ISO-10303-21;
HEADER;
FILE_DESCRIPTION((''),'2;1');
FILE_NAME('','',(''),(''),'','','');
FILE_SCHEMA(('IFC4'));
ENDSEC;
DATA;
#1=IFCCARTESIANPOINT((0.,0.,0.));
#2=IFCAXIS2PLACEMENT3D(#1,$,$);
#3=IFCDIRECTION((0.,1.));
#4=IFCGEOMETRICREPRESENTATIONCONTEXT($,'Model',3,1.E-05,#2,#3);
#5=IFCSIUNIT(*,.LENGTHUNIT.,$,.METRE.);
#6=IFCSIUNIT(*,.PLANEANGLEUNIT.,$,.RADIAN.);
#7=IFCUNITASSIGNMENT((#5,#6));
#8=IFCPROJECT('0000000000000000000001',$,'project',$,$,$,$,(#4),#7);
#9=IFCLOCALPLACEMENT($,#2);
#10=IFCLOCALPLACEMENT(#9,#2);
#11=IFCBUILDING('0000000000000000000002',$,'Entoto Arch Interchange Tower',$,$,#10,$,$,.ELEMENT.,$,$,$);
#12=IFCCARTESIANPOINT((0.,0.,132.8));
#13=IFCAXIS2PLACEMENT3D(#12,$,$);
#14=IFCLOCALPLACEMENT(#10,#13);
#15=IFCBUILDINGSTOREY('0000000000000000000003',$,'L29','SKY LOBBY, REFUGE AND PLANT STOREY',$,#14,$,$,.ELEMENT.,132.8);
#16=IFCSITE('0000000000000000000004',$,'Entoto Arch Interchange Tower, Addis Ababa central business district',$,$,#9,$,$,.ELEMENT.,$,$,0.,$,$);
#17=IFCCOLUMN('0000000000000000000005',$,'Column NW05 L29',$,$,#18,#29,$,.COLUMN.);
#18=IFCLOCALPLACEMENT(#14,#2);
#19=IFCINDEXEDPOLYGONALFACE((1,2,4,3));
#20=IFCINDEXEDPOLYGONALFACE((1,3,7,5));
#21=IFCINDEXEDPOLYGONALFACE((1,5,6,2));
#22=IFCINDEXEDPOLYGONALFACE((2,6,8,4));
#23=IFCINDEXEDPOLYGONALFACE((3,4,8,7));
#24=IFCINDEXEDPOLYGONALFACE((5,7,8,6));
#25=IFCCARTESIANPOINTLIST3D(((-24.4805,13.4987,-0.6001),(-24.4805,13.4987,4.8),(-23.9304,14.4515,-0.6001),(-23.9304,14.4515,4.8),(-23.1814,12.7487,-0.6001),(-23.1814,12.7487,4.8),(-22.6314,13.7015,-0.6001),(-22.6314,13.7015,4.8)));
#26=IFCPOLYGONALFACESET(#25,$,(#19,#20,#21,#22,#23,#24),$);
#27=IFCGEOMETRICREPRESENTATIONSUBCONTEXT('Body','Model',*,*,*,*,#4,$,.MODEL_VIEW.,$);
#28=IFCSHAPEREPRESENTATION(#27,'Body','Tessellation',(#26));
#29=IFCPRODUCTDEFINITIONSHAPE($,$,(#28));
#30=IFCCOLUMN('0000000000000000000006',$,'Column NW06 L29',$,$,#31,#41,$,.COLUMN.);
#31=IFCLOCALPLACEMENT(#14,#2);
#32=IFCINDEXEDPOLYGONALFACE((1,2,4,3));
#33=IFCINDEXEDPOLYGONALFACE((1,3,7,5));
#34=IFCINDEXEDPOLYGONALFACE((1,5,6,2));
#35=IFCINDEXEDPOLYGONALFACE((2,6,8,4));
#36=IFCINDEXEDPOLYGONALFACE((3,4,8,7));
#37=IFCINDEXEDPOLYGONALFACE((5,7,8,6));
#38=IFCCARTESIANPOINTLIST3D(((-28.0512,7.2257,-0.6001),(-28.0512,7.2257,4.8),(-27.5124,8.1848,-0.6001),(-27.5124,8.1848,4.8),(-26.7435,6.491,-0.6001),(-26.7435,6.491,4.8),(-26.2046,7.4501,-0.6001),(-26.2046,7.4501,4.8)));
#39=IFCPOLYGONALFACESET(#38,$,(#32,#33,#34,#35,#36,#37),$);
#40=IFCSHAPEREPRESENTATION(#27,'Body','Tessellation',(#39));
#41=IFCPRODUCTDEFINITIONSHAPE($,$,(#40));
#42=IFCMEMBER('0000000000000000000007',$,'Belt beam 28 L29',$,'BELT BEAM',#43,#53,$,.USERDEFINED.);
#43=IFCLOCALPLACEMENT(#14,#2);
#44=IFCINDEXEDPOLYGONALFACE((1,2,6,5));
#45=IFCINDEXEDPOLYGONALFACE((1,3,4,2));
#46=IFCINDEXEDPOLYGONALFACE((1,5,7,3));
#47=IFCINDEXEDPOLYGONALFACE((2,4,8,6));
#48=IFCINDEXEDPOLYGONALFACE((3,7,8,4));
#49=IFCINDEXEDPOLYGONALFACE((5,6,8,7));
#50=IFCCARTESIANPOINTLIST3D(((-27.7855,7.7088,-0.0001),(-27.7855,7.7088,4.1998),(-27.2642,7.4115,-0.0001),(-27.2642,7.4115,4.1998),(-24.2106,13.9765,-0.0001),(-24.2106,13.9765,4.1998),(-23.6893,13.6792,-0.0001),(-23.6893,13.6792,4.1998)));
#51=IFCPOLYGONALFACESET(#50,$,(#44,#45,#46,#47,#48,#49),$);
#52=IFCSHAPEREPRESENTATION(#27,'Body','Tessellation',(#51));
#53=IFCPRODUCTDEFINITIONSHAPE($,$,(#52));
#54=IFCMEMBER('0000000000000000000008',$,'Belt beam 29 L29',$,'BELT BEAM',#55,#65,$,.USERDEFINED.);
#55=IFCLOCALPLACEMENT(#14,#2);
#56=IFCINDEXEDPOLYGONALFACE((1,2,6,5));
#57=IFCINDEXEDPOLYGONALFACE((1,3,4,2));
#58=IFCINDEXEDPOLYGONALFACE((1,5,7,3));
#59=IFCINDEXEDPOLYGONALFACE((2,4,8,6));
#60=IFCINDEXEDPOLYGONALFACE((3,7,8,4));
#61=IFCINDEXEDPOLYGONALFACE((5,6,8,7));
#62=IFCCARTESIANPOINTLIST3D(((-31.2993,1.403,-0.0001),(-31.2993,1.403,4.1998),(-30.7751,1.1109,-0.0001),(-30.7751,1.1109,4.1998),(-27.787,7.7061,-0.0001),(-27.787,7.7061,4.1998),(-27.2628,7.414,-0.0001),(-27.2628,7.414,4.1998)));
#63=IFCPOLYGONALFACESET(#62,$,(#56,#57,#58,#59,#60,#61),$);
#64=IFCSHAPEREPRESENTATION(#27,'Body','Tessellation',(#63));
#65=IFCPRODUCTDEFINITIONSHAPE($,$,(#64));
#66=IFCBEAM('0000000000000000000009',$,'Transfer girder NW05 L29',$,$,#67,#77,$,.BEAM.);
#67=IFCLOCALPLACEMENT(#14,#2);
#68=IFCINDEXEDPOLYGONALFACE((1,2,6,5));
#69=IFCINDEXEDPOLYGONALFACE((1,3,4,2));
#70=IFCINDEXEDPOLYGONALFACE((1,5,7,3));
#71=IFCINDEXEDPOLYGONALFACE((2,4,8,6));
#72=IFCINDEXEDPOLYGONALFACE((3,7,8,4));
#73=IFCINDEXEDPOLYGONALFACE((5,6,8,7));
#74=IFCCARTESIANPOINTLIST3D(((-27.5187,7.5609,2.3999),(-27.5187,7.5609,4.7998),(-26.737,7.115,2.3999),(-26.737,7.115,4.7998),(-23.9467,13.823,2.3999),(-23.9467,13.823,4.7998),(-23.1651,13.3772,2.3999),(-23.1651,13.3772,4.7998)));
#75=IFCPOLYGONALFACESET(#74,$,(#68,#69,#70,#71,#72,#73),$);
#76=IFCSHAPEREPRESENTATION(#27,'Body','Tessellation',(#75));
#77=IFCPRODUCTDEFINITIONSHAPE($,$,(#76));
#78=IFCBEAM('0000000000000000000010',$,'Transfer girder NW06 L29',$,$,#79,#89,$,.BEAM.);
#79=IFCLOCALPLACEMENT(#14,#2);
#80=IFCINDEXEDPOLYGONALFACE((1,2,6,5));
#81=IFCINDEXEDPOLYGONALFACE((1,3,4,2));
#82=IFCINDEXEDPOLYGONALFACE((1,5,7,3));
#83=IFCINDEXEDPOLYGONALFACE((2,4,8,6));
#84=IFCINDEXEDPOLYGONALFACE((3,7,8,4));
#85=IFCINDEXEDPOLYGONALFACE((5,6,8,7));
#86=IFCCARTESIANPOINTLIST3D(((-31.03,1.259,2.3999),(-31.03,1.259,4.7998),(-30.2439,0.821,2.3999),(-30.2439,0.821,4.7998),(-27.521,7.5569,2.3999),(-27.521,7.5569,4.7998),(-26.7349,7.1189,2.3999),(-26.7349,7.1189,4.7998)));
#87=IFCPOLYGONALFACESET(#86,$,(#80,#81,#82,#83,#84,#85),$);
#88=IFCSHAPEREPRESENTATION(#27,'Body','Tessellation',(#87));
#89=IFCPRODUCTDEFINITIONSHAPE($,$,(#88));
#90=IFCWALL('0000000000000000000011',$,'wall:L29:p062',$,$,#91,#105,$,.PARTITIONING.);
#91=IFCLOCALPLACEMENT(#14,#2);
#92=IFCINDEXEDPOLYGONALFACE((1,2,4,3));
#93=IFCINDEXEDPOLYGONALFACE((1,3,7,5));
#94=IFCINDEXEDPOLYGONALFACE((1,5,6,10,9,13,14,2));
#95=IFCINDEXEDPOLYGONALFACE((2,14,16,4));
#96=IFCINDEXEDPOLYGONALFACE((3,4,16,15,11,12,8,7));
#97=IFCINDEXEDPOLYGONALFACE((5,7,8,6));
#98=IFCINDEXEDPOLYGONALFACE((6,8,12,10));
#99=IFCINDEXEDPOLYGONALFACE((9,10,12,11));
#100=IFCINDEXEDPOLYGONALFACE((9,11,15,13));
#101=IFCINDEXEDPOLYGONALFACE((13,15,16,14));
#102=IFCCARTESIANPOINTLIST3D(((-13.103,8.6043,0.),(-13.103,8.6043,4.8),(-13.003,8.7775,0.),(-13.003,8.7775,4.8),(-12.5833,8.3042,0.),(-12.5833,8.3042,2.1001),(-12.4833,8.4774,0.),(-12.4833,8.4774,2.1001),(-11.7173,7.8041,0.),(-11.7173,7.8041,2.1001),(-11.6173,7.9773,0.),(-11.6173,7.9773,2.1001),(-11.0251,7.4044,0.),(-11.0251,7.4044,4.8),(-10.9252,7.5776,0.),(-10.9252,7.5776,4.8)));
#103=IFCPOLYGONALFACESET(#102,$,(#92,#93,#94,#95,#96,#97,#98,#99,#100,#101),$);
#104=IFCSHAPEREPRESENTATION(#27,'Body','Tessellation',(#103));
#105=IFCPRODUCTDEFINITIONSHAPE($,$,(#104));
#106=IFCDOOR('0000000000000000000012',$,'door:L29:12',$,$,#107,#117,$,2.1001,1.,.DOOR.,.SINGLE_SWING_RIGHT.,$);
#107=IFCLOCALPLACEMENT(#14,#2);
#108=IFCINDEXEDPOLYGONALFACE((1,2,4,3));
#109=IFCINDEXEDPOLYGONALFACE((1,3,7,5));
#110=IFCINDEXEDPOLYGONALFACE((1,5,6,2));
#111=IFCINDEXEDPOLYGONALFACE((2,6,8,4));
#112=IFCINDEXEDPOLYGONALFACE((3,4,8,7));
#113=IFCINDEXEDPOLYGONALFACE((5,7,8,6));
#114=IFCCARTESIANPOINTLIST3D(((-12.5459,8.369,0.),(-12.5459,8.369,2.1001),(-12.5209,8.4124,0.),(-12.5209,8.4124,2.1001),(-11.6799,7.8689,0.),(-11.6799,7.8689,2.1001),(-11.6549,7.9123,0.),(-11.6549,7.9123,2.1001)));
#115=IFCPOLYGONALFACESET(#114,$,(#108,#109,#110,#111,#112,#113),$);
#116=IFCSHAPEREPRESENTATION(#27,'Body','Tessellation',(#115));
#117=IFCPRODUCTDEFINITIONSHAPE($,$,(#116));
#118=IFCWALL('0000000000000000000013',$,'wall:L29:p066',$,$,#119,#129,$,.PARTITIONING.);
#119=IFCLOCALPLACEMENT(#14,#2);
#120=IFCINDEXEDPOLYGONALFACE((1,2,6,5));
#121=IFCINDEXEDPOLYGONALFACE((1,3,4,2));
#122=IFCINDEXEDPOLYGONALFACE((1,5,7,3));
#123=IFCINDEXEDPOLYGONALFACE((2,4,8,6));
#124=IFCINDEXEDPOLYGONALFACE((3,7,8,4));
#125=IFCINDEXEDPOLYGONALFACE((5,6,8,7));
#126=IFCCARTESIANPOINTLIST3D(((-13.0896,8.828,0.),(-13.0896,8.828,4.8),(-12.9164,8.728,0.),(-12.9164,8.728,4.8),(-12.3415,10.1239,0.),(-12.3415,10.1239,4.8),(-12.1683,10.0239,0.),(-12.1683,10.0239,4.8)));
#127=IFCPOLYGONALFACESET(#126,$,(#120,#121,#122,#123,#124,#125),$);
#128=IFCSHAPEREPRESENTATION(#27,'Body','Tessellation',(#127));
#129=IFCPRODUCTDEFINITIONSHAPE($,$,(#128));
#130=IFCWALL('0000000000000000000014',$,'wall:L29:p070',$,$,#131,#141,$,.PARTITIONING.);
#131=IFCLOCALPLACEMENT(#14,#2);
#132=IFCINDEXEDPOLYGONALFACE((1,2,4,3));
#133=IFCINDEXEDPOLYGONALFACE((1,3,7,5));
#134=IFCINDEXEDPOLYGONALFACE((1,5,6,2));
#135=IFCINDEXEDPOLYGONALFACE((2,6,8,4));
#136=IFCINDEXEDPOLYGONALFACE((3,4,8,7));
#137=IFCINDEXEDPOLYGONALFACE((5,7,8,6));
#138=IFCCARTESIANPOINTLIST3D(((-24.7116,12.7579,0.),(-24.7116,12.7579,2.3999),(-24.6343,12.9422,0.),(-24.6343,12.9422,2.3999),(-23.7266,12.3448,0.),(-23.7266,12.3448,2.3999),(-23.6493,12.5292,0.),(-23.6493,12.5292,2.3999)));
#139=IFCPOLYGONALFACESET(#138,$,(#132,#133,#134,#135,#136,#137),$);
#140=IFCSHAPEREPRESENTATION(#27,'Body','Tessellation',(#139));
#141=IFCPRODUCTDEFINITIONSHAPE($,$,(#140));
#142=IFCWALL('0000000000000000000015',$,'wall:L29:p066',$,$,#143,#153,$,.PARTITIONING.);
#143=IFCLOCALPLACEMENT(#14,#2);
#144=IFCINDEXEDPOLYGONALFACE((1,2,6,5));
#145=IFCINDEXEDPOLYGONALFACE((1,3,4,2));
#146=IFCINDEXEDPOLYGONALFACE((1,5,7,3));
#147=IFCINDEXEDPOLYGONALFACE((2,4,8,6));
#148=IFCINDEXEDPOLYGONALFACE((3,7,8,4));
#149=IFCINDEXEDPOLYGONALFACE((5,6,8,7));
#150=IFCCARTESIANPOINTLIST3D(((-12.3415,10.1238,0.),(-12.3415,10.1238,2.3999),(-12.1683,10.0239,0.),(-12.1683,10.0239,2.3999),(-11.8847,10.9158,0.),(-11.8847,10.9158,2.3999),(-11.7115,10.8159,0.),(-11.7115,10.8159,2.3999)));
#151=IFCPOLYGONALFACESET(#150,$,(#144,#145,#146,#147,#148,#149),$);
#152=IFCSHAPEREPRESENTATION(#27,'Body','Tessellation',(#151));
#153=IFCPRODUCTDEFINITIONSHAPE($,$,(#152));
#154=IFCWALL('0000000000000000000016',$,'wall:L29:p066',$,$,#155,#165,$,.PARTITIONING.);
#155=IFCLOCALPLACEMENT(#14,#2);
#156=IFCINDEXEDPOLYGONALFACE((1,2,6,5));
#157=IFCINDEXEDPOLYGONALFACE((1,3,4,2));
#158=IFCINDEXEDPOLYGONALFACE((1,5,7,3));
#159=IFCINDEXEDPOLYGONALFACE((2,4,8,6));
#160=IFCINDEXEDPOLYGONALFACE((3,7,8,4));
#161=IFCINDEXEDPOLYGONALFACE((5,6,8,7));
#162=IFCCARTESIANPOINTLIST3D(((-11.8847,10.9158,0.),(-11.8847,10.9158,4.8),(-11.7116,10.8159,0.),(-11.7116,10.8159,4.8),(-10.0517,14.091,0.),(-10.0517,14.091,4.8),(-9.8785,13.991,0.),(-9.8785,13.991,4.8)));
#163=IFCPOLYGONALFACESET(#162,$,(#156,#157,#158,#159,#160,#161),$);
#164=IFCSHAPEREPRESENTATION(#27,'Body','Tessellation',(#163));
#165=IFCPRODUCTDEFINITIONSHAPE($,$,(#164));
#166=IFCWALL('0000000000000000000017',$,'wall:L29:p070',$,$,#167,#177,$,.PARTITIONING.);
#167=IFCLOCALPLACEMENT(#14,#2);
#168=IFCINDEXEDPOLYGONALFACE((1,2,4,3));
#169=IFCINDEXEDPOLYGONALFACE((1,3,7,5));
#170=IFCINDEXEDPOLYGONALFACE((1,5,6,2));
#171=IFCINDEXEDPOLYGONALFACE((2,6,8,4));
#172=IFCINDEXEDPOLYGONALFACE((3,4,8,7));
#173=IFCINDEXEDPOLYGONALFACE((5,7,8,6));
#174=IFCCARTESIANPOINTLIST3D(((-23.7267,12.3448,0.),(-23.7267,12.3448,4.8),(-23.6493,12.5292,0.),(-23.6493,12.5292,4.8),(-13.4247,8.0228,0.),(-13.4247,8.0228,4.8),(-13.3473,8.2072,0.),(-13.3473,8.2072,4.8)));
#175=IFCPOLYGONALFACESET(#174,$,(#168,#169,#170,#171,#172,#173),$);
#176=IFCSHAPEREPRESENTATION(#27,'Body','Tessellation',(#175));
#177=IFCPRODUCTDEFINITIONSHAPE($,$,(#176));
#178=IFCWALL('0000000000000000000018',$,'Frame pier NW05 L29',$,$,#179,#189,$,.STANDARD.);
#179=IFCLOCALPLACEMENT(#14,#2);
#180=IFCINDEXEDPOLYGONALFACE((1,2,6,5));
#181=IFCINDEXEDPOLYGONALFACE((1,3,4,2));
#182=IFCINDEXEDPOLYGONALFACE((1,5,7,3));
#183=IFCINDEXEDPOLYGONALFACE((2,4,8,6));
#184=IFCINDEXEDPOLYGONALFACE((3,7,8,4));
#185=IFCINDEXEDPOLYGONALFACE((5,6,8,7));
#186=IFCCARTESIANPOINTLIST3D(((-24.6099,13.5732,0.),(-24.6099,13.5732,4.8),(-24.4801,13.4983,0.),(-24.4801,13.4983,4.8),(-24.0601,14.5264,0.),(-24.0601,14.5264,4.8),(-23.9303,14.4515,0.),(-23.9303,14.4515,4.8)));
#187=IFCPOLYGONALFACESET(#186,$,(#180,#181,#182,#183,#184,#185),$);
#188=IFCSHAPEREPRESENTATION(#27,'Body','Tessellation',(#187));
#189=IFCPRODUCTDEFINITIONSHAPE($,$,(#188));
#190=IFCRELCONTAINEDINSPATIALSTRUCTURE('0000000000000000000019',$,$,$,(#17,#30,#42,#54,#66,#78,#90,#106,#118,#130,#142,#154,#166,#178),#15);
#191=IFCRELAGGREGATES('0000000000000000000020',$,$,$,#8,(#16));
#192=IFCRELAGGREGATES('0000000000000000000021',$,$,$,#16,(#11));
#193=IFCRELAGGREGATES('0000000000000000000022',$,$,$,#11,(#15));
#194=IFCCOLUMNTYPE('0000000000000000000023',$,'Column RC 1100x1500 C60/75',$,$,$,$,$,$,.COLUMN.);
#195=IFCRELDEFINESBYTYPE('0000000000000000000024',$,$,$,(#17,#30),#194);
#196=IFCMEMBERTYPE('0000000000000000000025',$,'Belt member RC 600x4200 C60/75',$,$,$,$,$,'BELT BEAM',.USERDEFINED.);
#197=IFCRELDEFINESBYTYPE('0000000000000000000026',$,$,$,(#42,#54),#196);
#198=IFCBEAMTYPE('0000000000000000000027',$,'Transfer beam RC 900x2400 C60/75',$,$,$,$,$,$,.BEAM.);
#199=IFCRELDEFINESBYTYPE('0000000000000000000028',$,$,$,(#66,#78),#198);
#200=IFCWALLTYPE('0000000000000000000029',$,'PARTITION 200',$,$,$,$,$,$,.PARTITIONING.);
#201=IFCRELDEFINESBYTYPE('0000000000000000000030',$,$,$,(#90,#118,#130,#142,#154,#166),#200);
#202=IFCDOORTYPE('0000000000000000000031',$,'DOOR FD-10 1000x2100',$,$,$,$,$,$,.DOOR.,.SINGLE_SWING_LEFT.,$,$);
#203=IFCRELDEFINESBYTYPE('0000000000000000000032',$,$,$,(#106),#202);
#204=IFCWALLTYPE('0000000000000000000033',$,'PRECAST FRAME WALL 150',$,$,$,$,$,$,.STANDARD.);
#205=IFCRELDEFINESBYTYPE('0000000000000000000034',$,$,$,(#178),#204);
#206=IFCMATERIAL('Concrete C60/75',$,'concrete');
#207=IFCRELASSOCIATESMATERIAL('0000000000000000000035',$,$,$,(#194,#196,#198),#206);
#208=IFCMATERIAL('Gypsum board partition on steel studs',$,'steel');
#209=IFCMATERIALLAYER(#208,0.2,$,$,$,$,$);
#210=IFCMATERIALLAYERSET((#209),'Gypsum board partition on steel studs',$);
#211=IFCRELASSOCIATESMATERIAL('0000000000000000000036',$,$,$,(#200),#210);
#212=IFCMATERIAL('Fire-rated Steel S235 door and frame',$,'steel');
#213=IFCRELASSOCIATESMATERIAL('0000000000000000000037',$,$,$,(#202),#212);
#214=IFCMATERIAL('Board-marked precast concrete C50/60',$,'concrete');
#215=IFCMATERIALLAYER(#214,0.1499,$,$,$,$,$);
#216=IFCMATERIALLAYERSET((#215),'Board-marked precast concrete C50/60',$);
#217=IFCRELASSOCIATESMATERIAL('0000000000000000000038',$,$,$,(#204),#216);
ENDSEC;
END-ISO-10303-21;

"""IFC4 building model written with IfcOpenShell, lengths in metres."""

from ifc_helpers import new_model, si_unit, direction, frame, frame_2d, origin, origin_2d, place, context, subcontext, project, spatial, rectangle, extrude, material, layer, layer_set, material_profile, profile_set, type_object, element, fill, save


model = new_model("IFC4")

# Units and contexts
model_context = context("Model", 3, precision=1e-05, world=origin(), true_north=direction((0.0, 1.0)))
body_context = subcontext(model_context, "Body", "Model", "MODEL_VIEW")
ifc_project = project(units=[si_unit("LENGTHUNIT", "METRE"), si_unit("PLANEANGLEUNIT", "RADIAN")], contexts=[model_context])

# Site, building, storey
site_placement = place(None, origin())
site = spatial("IfcSite", under=ifc_project, at=site_placement, Name="Entoto Arch Interchange Tower, Addis Ababa central business district", CompositionType="ELEMENT", RefElevation=0.0)
building_placement = place(site_placement, origin())
building = spatial("IfcBuilding", under=site, at=building_placement, Name="Entoto Arch Interchange Tower", CompositionType="ELEMENT")
storey_placement = place(building_placement, frame((0.0, 0.0, 132.8)))
storey = spatial("IfcBuildingStorey", under=building, at=storey_placement, Name="L29", Description="SKY LOBBY, REFUGE AND PLANT STOREY", CompositionType="ELEMENT", Elevation=132.8)

# Columns
ifc_material_1 = material(Name="Concrete C60/75", Category="concrete")
ifc_material_profile_1 = material_profile(ifc_material_1, rectangle(XDim=1.1001, YDim=1.5, at=origin_2d()))
ifc_profile_set_1 = profile_set([ifc_material_profile_1], Name="Concrete C60/75")
column_type = type_object("IfcColumnType", Name="Column RC 1100x1500 C60/75", PredefinedType="COLUMN", material=ifc_profile_set_1)
for number, where, z_axis, x_axis, name in (
    (1, (-23.5559, 13.6001, -0.6001), (0.0, 0.0, 1.0), (0.5, 0.866025, 0.0), "Column NW05 L29"),
    (2, (-27.1279, 7.3379, -0.6001), (0.0, 0.0, 1.0), (0.489839, 0.871813, 0.0), "Column NW06 L29"),
):
    element("IfcColumn", number, at=place(storey_placement, frame(where, z_axis=z_axis, x_axis=x_axis)), inside=storey, type_object=column_type, Name=name, PredefinedType="COLUMN", context=body_context, shape_type="SweptSolid", body=[
        extrude(rectangle(XDim=1.1001, YDim=1.5, at=origin_2d()), origin(), (0.0, 0.0, 1.0), 5.4001),
    ])

# Members
ifc_material_profile_2 = material_profile(ifc_material_1, rectangle(XDim=0.6001, YDim=4.2, at=origin_2d()))
ifc_profile_set_2 = profile_set([ifc_material_profile_2], Name="Concrete C60/75")
member_type = type_object("IfcMemberType", Name="Belt member RC 600x4200 C60/75", ElementType="BELT BEAM", PredefinedType="USERDEFINED", material=ifc_profile_set_2)
for number, where, z_axis, x_axis, name in (
    (3, (-23.95, 13.8279, 2.0999), (-0.495443, -0.868641, 0.0), (0.868641, -0.495443, 0.0), "Belt beam 28 L29"),
    (4, (-27.5249, 7.5601, 2.0999), (-0.48676, -0.873536, 0.0), (0.873536, -0.48676, 0.0), "Belt beam 29 L29"),
):
    element("IfcMember", number, at=place(storey_placement, frame(where, z_axis=z_axis, x_axis=x_axis)), inside=storey, type_object=member_type, Name=name, ObjectType="BELT BEAM", PredefinedType="USERDEFINED", context=body_context, shape_type="SweptSolid", body=[
        extrude(rectangle(XDim=0.6001, YDim=4.2, at=origin_2d()), origin(), (0.0, 0.0, 1.0), 7.2156),
    ])

# Beams
ifc_material_profile_3 = material_profile(ifc_material_1, rectangle(XDim=0.8999, YDim=2.3999, at=origin_2d()))
ifc_profile_set_3 = profile_set([ifc_material_profile_3], Name="Concrete C60/75")
beam_type = type_object("IfcBeamType", Name="Transfer beam RC 900x2400 C60/75", PredefinedType="BEAM", material=ifc_profile_set_3)
beam_1_placement = place(storey_placement, frame((-23.5559, 13.6001, 3.5999), z_axis=(-0.495471, -0.868624, 0.0), x_axis=(0.868624, -0.495471, 0.0)))
element("IfcBeam", 5, at=beam_1_placement, inside=storey, type_object=beam_type, Name="Transfer girder NW05 L29", PredefinedType="BEAM", context=body_context, shape_type="SweptSolid", body=[
    extrude(rectangle(XDim=0.8999, YDim=2.3999, at=origin_2d()), origin(), (0.0, 0.0, 1.0), 7.2092),
])
beam_2_placement = place(storey_placement, frame((-27.1279, 7.3379, 3.5999), z_axis=(-0.486727, -0.873554, 0.0), x_axis=(0.873554, -0.486727, 0.0)))
element("IfcBeam", 6, at=beam_2_placement, inside=storey, type_object=beam_type, Name="Transfer girder NW06 L29", PredefinedType="BEAM", context=body_context, shape_type="SweptSolid", body=[
    extrude(rectangle(XDim=0.8999, YDim=2.3999, at=origin_2d()), origin(), (0.0, 0.0, 1.0), 7.2095),
])

# Wall, opening, door
ifc_material_2 = material(Name="Gypsum board partition on steel studs", Category="steel")
ifc_layer_1 = layer(ifc_material_2, 0.2)
ifc_layer_set_1 = layer_set([ifc_layer_1], Name="Gypsum board partition on steel studs")
wall_type_1 = type_object("IfcWallType", Name="PARTITION 200", PredefinedType="PARTITIONING", material=ifc_layer_set_1)
wall_1_placement = place(storey_placement, frame((-13.053, 8.6909, 0.0), z_axis=(0.0, 0.0, 1.0), x_axis=(0.865974, -0.500089, 0.0)))
wall_1 = element("IfcWall", 7, at=wall_1_placement, inside=storey, type_object=wall_type_1, Name="wall:L29:p062", PredefinedType="PARTITIONING", context=body_context, shape_type="SweptSolid", body=[
    extrude(rectangle(XDim=2.3994, YDim=0.2, at=frame_2d((1.1997, 0.0))), origin(), (0.0, 0.0, 1.0), 4.8),
])
opening_placement = place(wall_1_placement, frame((0.6001, 0.0, 0.0)))
opening = element("IfcOpeningElement", 8, at=opening_placement, cuts=wall_1, PredefinedType="OPENING", context=body_context, shape_type="SweptSolid", body=[
    extrude(rectangle(XDim=1.0, YDim=2.1001, at=frame_2d((0.5, 1.05))), frame((0.0, 0.1099, 0.0), z_axis=(0.0, -1.0, 0.0), x_axis=(1.0, 0.0, 0.0)), (0.0, 0.0, 1.0), 0.22),
])
ifc_material_3 = material(Name="Fire-rated Steel S235 door and frame", Category="steel")
door_type = type_object("IfcDoorType", Name="DOOR FD-10 1000x2100", OperationType="SINGLE_SWING_LEFT", PredefinedType="DOOR", material=ifc_material_3)
door_placement = place(opening_placement, origin())
door = element("IfcDoor", 9, at=door_placement, inside=storey, type_object=door_type, Name="door:L29:12", OperationType="SINGLE_SWING_RIGHT", OverallHeight=2.1001, OverallWidth=1.0, PredefinedType="DOOR", context=body_context, shape_type="SweptSolid", body=[
    extrude(rectangle(XDim=1.0, YDim=2.1001, at=frame_2d((0.5, 1.05))), frame((0.0, 0.0249, 0.0), z_axis=(0.0, -1.0, 0.0), x_axis=(1.0, 0.0, 0.0)), (0.0, 0.0, 1.0), 0.05),
])
fill(opening, door)

# Walls
wall_2_placement = place(storey_placement, frame((-13.0029, 8.7781, 0.0), z_axis=(0.0, 0.0, 1.0), x_axis=(0.49993, 0.866066, 0.0)))
element("IfcWall", 10, at=wall_2_placement, inside=storey, type_object=wall_type_1, Name="wall:L29:p066", PredefinedType="PARTITIONING", context=body_context, shape_type="SweptSolid", body=[
    extrude(rectangle(XDim=1.4963, YDim=0.2, at=frame_2d((0.748, 0.0))), origin(), (0.0, 0.0, 1.0), 4.8),
])
wall_3_placement = place(storey_placement, frame((-24.6731, 12.8501, 0.0), z_axis=(0.0, 0.0, 1.0), x_axis=(0.922202, -0.386708, 0.0)))
element("IfcWall", 11, at=wall_3_placement, inside=storey, type_object=wall_type_1, Name="wall:L29:p070", PredefinedType="PARTITIONING", context=body_context, shape_type="SweptSolid", body=[
    extrude(rectangle(XDim=1.0681, YDim=0.2, at=frame_2d((0.5342, 0.0))), origin(), (0.0, 0.0, 1.0), 2.3999),
])
wall_4_placement = place(storey_placement, frame((-12.2549, 10.074, 0.0), z_axis=(0.0, 0.0, 1.0), x_axis=(0.499615, 0.866248, 0.0)))
element("IfcWall", 12, at=wall_4_placement, inside=storey, type_object=wall_type_1, Name="wall:L29:p066", PredefinedType="PARTITIONING", context=body_context, shape_type="SweptSolid", body=[
    extrude(rectangle(XDim=0.9143, YDim=0.2, at=frame_2d((0.457, 0.0))), origin(), (0.0, 0.0, 1.0), 2.3999),
])
wall_5_placement = place(storey_placement, frame((-11.7981, 10.866, 0.0), z_axis=(0.0, 0.0, 1.0), x_axis=(0.499978, 0.866038, 0.0)))
element("IfcWall", 13, at=wall_5_placement, inside=storey, type_object=wall_type_1, Name="wall:L29:p066", PredefinedType="PARTITIONING", context=body_context, shape_type="SweptSolid", body=[
    extrude(rectangle(XDim=3.6663, YDim=0.2, at=frame_2d((1.833, 0.0))), origin(), (0.0, 0.0, 1.0), 4.8),
])
wall_6_placement = place(storey_placement, frame((-23.688, 12.437, 0.0), z_axis=(0.0, 0.0, 1.0), x_axis=(0.922136, -0.386866, 0.0)))
element("IfcWall", 14, at=wall_6_placement, inside=storey, type_object=wall_type_1, Name="wall:L29:p070", PredefinedType="PARTITIONING", context=body_context, shape_type="SweptSolid", body=[
    extrude(rectangle(XDim=11.1719, YDim=0.2, at=frame_2d((5.5859, 0.0))), origin(), (0.0, 0.0, 1.0), 4.8),
])
ifc_material_4 = material(Name="Board-marked precast concrete C50/60", Category="concrete")
ifc_layer_2 = layer(ifc_material_4, 0.1499)
ifc_layer_set_2 = layer_set([ifc_layer_2], Name="Board-marked precast concrete C50/60")
wall_type_2 = type_object("IfcWallType", Name="PRECAST FRAME WALL 150", PredefinedType="STANDARD", material=ifc_layer_set_2)
wall_7_placement = place(storey_placement, frame((-23.9951, 14.489, 0.0), z_axis=(0.0, 0.0, 1.0), x_axis=(-0.499671, -0.866215, 0.0)))
element("IfcWall", 15, at=wall_7_placement, inside=storey, type_object=wall_type_2, Name="Frame pier NW05 L29", PredefinedType="STANDARD", context=body_context, shape_type="SweptSolid", body=[
    extrude(rectangle(XDim=1.1003, YDim=0.1499, at=frame_2d((0.5503, 0.0))), origin(), (0.0, 0.0, 1.0), 4.8),
])

save(model, "model.ifc")
